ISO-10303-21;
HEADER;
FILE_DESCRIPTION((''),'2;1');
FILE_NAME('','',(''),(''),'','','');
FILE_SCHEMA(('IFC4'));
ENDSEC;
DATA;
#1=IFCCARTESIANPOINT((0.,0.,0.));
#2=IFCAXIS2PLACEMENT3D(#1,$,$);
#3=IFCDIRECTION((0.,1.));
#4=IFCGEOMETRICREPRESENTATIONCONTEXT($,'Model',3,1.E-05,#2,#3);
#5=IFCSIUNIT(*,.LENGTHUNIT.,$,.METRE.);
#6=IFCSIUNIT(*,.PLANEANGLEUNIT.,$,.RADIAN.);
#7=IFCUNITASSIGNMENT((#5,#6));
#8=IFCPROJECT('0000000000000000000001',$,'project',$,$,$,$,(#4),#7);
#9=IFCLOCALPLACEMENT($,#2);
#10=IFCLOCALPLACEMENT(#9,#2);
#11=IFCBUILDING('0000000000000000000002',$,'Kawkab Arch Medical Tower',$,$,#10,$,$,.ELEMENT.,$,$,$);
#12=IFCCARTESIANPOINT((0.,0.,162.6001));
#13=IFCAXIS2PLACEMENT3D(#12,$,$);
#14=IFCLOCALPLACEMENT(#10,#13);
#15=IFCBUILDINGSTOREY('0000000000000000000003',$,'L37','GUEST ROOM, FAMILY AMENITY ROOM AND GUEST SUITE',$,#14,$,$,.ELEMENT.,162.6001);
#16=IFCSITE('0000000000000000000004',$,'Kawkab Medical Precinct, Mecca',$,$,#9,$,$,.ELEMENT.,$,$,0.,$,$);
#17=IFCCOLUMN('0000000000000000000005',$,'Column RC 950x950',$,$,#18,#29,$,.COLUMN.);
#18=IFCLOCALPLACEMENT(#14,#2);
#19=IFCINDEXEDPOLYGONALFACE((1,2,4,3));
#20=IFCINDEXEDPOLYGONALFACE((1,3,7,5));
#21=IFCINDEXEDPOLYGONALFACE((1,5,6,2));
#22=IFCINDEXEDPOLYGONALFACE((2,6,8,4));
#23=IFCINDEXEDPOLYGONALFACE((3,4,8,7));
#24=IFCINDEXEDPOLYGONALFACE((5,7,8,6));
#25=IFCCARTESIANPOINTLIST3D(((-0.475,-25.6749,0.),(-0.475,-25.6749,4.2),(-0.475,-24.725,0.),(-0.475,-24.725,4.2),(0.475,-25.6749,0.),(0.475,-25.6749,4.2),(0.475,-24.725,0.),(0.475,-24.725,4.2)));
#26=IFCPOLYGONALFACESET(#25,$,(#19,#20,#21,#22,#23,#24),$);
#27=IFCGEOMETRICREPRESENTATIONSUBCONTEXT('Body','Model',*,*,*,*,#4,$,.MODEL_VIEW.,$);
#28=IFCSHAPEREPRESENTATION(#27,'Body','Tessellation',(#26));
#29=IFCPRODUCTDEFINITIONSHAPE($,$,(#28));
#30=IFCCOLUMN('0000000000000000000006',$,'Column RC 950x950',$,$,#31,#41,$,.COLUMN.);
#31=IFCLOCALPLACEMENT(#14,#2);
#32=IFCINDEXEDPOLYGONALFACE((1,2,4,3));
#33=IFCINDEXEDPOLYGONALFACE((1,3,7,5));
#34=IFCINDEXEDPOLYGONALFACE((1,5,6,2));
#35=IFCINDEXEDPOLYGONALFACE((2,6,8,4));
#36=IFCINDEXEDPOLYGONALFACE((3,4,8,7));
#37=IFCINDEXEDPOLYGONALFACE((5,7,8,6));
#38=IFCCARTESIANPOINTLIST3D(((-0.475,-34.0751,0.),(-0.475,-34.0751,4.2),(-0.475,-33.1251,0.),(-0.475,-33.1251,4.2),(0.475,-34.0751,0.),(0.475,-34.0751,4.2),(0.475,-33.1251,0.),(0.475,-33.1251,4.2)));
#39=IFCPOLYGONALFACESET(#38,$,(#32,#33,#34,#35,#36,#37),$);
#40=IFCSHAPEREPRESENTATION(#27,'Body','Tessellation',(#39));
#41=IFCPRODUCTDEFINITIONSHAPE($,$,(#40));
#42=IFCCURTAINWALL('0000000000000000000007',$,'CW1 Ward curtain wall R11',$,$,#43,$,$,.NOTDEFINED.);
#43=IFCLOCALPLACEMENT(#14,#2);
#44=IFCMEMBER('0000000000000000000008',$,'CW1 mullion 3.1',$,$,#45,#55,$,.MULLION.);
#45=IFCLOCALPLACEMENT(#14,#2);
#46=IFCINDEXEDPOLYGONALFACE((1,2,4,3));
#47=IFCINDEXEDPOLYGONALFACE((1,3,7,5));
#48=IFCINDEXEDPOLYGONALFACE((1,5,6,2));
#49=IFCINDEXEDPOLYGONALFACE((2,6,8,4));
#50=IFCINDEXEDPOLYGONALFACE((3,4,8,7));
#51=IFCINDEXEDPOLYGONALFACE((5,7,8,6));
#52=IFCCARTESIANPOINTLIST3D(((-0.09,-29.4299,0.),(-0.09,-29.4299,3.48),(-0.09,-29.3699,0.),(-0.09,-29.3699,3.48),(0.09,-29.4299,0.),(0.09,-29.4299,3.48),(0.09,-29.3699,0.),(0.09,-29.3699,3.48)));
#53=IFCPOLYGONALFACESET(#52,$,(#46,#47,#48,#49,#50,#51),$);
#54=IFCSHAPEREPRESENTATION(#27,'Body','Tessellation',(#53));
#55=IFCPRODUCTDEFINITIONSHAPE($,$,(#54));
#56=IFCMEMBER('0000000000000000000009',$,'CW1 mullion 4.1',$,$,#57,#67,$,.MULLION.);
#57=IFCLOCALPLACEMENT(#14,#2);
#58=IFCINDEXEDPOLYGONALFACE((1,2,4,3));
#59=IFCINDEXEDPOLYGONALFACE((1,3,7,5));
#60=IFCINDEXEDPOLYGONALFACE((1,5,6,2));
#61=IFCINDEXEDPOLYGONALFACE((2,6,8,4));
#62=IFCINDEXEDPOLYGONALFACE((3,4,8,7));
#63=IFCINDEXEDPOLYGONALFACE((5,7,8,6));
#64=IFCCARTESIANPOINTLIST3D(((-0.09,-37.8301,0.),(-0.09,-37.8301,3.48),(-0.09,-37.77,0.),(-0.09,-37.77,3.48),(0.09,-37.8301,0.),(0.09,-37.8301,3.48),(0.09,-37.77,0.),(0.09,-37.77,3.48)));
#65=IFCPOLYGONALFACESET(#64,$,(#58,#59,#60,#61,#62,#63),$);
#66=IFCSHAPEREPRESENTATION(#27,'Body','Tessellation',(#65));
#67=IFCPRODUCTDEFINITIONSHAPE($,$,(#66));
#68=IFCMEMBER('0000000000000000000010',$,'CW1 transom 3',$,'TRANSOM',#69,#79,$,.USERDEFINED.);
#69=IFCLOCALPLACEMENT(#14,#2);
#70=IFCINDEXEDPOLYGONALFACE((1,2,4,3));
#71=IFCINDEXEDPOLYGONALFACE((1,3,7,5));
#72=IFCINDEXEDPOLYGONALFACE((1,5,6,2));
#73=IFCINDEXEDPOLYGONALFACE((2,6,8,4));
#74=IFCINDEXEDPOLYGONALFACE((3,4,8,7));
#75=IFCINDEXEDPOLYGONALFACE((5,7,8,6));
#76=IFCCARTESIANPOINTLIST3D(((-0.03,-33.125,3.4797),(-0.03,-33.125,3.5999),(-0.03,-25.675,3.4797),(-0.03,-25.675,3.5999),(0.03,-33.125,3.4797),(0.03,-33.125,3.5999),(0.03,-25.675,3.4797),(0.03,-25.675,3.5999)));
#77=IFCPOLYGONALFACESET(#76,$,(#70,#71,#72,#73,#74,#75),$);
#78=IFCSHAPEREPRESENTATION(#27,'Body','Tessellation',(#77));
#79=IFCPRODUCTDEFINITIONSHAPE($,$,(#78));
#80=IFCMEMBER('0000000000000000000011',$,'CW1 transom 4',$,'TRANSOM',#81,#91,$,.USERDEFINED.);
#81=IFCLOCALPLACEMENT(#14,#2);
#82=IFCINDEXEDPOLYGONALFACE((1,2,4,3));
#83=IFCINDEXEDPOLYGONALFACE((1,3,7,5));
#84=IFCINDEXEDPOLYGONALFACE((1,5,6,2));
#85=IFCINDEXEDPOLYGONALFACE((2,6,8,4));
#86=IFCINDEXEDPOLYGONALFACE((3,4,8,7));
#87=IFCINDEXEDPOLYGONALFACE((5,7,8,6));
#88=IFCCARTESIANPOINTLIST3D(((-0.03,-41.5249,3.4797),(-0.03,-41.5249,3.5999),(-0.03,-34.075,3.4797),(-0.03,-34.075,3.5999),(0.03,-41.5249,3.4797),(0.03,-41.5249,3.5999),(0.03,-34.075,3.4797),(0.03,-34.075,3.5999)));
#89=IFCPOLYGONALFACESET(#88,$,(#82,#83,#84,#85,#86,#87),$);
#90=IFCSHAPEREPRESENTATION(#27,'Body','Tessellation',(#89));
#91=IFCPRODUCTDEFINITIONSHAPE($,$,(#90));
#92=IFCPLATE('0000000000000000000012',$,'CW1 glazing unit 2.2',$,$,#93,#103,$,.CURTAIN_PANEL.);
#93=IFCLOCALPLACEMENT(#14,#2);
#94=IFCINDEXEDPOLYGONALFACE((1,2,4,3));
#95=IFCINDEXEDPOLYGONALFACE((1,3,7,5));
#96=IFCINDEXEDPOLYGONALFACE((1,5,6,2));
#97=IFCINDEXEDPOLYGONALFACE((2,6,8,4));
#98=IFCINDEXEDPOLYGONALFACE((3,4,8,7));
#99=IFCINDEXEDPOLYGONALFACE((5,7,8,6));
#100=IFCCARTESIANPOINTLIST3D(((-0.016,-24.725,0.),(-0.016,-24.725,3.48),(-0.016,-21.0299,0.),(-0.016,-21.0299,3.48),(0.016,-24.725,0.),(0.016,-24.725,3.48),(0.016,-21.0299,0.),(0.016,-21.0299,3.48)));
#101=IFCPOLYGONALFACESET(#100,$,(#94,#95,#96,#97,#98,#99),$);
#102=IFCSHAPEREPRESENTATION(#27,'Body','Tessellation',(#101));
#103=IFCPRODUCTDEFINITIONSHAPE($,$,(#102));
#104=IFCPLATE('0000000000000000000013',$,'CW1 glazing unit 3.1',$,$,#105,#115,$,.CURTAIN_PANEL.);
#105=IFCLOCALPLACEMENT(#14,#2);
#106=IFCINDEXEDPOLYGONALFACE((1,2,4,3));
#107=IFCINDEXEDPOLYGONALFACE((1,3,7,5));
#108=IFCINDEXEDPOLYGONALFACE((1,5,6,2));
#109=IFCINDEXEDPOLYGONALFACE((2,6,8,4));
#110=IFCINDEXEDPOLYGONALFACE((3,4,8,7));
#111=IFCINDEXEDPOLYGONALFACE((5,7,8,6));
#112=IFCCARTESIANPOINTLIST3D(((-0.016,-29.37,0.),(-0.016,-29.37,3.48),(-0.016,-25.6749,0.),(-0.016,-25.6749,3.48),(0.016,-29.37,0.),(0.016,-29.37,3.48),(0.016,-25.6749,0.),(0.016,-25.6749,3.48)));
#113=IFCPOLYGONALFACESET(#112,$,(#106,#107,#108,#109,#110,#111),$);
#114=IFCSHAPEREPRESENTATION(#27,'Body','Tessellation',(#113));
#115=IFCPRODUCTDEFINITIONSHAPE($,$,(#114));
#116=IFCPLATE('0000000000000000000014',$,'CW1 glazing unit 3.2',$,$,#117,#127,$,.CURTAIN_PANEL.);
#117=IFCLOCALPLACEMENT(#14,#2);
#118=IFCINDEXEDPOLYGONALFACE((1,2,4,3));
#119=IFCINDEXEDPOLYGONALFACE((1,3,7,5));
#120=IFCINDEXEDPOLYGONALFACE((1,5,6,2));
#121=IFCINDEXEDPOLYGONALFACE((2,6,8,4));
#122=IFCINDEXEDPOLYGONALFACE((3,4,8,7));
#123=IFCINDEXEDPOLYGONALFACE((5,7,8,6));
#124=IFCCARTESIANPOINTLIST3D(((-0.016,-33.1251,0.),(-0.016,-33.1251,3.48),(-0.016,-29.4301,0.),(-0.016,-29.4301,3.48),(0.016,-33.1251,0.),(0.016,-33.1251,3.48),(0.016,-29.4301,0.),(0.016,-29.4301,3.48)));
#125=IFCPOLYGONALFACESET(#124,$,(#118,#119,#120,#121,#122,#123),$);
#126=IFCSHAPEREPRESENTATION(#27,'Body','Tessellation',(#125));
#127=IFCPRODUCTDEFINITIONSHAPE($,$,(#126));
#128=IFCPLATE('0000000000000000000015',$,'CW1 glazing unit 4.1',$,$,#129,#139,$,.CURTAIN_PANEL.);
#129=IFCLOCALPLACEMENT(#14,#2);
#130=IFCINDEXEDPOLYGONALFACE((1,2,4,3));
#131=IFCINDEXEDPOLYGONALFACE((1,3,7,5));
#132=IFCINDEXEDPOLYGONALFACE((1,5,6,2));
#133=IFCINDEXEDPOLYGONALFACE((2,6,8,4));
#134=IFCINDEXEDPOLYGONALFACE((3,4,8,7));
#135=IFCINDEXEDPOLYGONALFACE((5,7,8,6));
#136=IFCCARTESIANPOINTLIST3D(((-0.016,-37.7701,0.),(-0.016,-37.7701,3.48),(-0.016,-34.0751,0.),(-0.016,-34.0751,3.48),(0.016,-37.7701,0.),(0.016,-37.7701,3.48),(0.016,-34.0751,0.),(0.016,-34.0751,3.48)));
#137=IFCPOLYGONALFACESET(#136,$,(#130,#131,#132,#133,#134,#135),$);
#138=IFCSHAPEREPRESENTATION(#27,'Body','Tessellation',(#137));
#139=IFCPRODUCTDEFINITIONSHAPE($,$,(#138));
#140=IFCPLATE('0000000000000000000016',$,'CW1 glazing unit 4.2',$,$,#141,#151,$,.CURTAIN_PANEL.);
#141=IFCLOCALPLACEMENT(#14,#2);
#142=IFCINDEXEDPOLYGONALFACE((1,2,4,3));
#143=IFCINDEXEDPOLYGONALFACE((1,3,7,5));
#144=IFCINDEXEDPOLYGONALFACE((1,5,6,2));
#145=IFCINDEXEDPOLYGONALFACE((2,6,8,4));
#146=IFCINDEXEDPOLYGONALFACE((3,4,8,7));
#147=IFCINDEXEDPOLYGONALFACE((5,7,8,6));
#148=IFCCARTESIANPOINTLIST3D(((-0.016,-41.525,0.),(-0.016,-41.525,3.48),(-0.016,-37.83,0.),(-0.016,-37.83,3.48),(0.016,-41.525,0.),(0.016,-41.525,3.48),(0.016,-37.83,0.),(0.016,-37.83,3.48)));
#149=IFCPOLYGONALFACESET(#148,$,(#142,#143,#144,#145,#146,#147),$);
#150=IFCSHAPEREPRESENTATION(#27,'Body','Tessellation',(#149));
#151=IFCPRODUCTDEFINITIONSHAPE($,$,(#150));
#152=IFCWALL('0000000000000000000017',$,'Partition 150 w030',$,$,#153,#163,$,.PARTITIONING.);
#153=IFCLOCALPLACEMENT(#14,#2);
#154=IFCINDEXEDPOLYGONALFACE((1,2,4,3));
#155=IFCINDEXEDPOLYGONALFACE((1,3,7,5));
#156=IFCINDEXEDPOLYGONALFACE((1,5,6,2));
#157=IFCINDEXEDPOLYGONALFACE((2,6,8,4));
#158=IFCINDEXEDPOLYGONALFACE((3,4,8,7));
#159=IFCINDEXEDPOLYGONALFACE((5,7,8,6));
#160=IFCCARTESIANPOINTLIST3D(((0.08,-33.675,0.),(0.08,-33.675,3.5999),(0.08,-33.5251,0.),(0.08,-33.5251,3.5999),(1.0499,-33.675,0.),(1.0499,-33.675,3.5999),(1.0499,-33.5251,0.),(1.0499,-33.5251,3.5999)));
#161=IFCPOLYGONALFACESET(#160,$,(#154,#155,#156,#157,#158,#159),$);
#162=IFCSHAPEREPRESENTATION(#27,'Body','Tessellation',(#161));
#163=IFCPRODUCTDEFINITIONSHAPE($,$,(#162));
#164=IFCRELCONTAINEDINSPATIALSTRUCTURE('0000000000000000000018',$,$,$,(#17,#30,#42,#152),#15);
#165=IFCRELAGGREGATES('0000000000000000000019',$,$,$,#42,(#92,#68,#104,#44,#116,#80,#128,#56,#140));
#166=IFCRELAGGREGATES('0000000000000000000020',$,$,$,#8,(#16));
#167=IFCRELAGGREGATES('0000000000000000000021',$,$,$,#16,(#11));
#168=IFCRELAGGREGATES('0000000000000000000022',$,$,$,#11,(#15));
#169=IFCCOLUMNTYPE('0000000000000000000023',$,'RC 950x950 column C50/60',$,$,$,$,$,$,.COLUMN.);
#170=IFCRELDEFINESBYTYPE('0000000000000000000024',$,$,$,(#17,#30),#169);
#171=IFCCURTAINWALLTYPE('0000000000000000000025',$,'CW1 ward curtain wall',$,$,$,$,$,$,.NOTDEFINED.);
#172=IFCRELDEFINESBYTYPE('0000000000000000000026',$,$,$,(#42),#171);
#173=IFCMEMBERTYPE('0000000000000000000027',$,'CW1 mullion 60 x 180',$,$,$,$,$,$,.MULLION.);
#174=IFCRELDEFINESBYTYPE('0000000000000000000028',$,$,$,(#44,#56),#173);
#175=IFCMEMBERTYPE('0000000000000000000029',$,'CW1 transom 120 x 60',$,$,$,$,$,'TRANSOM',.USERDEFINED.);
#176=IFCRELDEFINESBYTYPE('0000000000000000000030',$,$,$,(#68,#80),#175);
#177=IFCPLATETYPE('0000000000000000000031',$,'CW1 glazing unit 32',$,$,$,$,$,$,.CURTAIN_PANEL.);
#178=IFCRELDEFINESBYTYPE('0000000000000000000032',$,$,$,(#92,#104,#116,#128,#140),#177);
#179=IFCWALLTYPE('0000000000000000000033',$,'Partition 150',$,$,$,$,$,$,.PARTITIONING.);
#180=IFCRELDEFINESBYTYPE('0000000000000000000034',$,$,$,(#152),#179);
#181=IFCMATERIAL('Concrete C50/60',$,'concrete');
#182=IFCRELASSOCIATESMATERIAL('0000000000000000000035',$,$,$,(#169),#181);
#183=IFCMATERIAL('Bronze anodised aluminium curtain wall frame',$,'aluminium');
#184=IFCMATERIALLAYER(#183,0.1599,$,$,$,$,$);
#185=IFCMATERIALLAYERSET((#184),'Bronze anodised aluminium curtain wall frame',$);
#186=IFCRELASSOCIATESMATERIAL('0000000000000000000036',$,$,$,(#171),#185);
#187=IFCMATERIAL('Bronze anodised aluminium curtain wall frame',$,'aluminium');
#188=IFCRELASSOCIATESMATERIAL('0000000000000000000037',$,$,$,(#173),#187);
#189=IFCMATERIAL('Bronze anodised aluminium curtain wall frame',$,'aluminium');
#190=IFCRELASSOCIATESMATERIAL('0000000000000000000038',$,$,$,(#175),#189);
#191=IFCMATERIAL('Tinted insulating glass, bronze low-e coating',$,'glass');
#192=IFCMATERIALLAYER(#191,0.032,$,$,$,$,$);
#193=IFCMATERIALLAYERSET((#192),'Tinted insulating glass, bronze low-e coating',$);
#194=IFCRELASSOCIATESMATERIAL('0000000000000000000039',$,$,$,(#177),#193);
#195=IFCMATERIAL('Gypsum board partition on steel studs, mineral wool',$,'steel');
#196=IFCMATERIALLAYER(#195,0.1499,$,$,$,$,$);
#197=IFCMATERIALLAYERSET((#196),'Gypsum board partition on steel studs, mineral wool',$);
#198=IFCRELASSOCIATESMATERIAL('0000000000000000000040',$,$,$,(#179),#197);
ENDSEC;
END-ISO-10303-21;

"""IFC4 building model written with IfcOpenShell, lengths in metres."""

from ifc_helpers import new_model, si_unit, direction, frame, frame_2d, origin, origin_2d, place, context, subcontext, project, spatial, rectangle, extrude, material, layer, layer_set, material_profile, profile_set, type_object, element, aggregate, save


model = new_model("IFC4")

# Units and contexts
model_context = context("Model", 3, precision=1e-05, world=origin(), true_north=direction((0.0, 1.0)))
body_context = subcontext(model_context, "Body", "Model", "MODEL_VIEW")
ifc_project = project(units=[si_unit("LENGTHUNIT", "METRE"), si_unit("PLANEANGLEUNIT", "RADIAN")], contexts=[model_context])

# Site, building, storey
site_placement = place(None, origin())
site = spatial("IfcSite", under=ifc_project, at=site_placement, Name="Kawkab Medical Precinct, Mecca", CompositionType="ELEMENT", RefElevation=0.0)
building_placement = place(site_placement, origin())
building = spatial("IfcBuilding", under=site, at=building_placement, Name="Kawkab Arch Medical Tower", CompositionType="ELEMENT")
storey_placement = place(building_placement, frame((0.0, 0.0, 162.6001)))
storey = spatial("IfcBuildingStorey", under=building, at=storey_placement, Name="L37", Description="GUEST ROOM, FAMILY AMENITY ROOM AND GUEST SUITE", CompositionType="ELEMENT", Elevation=162.6001)

# Columns
ifc_material_1 = material(Name="Concrete C50/60", Category="concrete")
ifc_material_profile_1 = material_profile(ifc_material_1, rectangle(XDim=0.95, YDim=0.95, at=origin_2d()), Name="RC 950x950")
ifc_profile_set_1 = profile_set([ifc_material_profile_1], Name="Concrete C50/60")
column_type = type_object("IfcColumnType", Name="RC 950x950 column C50/60", PredefinedType="COLUMN", material=ifc_profile_set_1)
for number, where, z_axis, x_axis, name in (
    (1, (0.0, -25.2, 0.0), (0.0, 0.0, 1.0), (1.0, 0.0, 0.0), "Column RC 950x950"),
    (2, (0.0, -33.6001, 0.0), (0.0, 0.0, 1.0), (1.0, 0.0, 0.0), "Column RC 950x950"),
):
    element("IfcColumn", number, at=place(storey_placement, frame(where, z_axis=z_axis, x_axis=x_axis)), inside=storey, type_object=column_type, Name=name, PredefinedType="COLUMN", context=body_context, shape_type="SweptSolid", body=[
        extrude(rectangle(XDim=0.95, YDim=0.95, at=origin_2d()), origin(), (0.0, 0.0, 1.0), 4.2),
    ])

# Curtain wall, members, plates
ifc_material_2 = material(Name="Bronze anodised aluminium curtain wall frame", Category="aluminium")
ifc_layer_1 = layer(ifc_material_2, 0.1599)
ifc_layer_set_1 = layer_set([ifc_layer_1], Name="Bronze anodised aluminium curtain wall frame")
curtain_wall_type = type_object("IfcCurtainWallType", Name="CW1 ward curtain wall", PredefinedType="NOTDEFINED", material=ifc_layer_set_1)
curtain_wall_placement = place(storey_placement, origin())
curtain_wall = element("IfcCurtainWall", 3, at=curtain_wall_placement, inside=storey, type_object=curtain_wall_type, Name="CW1 Ward curtain wall R11", PredefinedType="NOTDEFINED")
ifc_material_3 = material(Name="Bronze anodised aluminium curtain wall frame", Category="aluminium")
ifc_material_profile_2 = material_profile(ifc_material_3, rectangle(XDim=0.1799, YDim=0.0601, at=origin_2d()), Name="AL 60x180")
ifc_profile_set_2 = profile_set([ifc_material_profile_2], Name="Bronze anodised aluminium curtain wall frame")
member_type_1 = type_object("IfcMemberType", Name="CW1 mullion 60 x 180", PredefinedType="MULLION", material=ifc_profile_set_2)
member_1_placement = place(storey_placement, frame((0.0, -29.3999, 0.0), z_axis=(0.0, 0.0, 1.0), x_axis=(1.0, 0.0, 0.0)))
member_1 = element("IfcMember", 4, at=member_1_placement, type_object=member_type_1, Name="CW1 mullion 3.1", PredefinedType="MULLION", context=body_context, shape_type="SweptSolid", body=[
    extrude(rectangle(XDim=0.1799, YDim=0.0601, at=origin_2d()), origin(), (0.0, 0.0, 1.0), 3.48),
])
member_2_placement = place(storey_placement, frame((0.0, -37.8, 0.0), z_axis=(0.0, 0.0, 1.0), x_axis=(1.0, 0.0, 0.0)))
member_2 = element("IfcMember", 5, at=member_2_placement, type_object=member_type_1, Name="CW1 mullion 4.1", PredefinedType="MULLION", context=body_context, shape_type="SweptSolid", body=[
    extrude(rectangle(XDim=0.1799, YDim=0.0601, at=origin_2d()), origin(), (0.0, 0.0, 1.0), 3.48),
])
ifc_material_4 = material(Name="Bronze anodised aluminium curtain wall frame", Category="aluminium")
ifc_material_profile_3 = material_profile(ifc_material_4, rectangle(XDim=0.0601, YDim=0.1201, at=origin_2d()), Name="AL 60x120")
ifc_profile_set_3 = profile_set([ifc_material_profile_3], Name="Bronze anodised aluminium curtain wall frame")
member_type_2 = type_object("IfcMemberType", Name="CW1 transom 120 x 60", ElementType="TRANSOM", PredefinedType="USERDEFINED", material=ifc_profile_set_3)
member_3_placement = place(storey_placement, frame((0.0, -25.675, 3.5398), z_axis=(0.0, -1.0, 0.0), x_axis=(1.0, 0.0, 0.0)))
member_3 = element("IfcMember", 6, at=member_3_placement, type_object=member_type_2, Name="CW1 transom 3", ObjectType="TRANSOM", PredefinedType="USERDEFINED", context=body_context, shape_type="SweptSolid", body=[
    extrude(rectangle(XDim=0.0601, YDim=0.1201, at=origin_2d()), origin(), (0.0, 0.0, 1.0), 7.45),
])
member_4_placement = place(storey_placement, frame((0.0, -34.075, 3.5398), z_axis=(0.0, -1.0, 0.0), x_axis=(1.0, 0.0, 0.0)))
member_4 = element("IfcMember", 7, at=member_4_placement, type_object=member_type_2, Name="CW1 transom 4", ObjectType="TRANSOM", PredefinedType="USERDEFINED", context=body_context, shape_type="SweptSolid", body=[
    extrude(rectangle(XDim=0.0601, YDim=0.1201, at=origin_2d()), origin(), (0.0, 0.0, 1.0), 7.45),
])
ifc_material_5 = material(Name="Tinted insulating glass, bronze low-e coating", Category="glass")
ifc_layer_2 = layer(ifc_material_5, 0.032)
ifc_layer_set_2 = layer_set([ifc_layer_2], Name="Tinted insulating glass, bronze low-e coating")
plate_type = type_object("IfcPlateType", Name="CW1 glazing unit 32", PredefinedType="CURTAIN_PANEL", material=ifc_layer_set_2)
plate_1_placement = place(storey_placement, frame((0.0, -22.8774, 0.0), z_axis=(0.0, 0.0, 1.0), x_axis=(0.0, -1.0, 0.0)))
plate_1 = element("IfcPlate", 8, at=plate_1_placement, type_object=plate_type, Name="CW1 glazing unit 2.2", PredefinedType="CURTAIN_PANEL", context=body_context, shape_type="SweptSolid", body=[
    extrude(rectangle(XDim=3.6951, YDim=0.032, at=origin_2d()), origin(), (0.0, 0.0, 1.0), 3.48),
])
plate_2_placement = place(storey_placement, frame((0.0, -27.5225, 0.0), z_axis=(0.0, 0.0, 1.0), x_axis=(0.0, -1.0, 0.0)))
plate_2 = element("IfcPlate", 9, at=plate_2_placement, type_object=plate_type, Name="CW1 glazing unit 3.1", PredefinedType="CURTAIN_PANEL", context=body_context, shape_type="SweptSolid", body=[
    extrude(rectangle(XDim=3.6951, YDim=0.032, at=origin_2d()), origin(), (0.0, 0.0, 1.0), 3.48),
])
plate_3_placement = place(storey_placement, frame((0.0, -31.2776, 0.0), z_axis=(0.0, 0.0, 1.0), x_axis=(0.0, -1.0, 0.0)))
plate_3 = element("IfcPlate", 10, at=plate_3_placement, type_object=plate_type, Name="CW1 glazing unit 3.2", PredefinedType="CURTAIN_PANEL", context=body_context, shape_type="SweptSolid", body=[
    extrude(rectangle(XDim=3.6951, YDim=0.032, at=origin_2d()), origin(), (0.0, 0.0, 1.0), 3.48),
])
plate_4_placement = place(storey_placement, frame((0.0, -35.9226, 0.0), z_axis=(0.0, 0.0, 1.0), x_axis=(0.0, -1.0, 0.0)))
plate_4 = element("IfcPlate", 11, at=plate_4_placement, type_object=plate_type, Name="CW1 glazing unit 4.1", PredefinedType="CURTAIN_PANEL", context=body_context, shape_type="SweptSolid", body=[
    extrude(rectangle(XDim=3.6951, YDim=0.032, at=origin_2d()), origin(), (0.0, 0.0, 1.0), 3.48),
])
plate_5_placement = place(storey_placement, frame((0.0, -39.6775, 0.0), z_axis=(0.0, 0.0, 1.0), x_axis=(0.0, -1.0, 0.0)))
plate_5 = element("IfcPlate", 12, at=plate_5_placement, type_object=plate_type, Name="CW1 glazing unit 4.2", PredefinedType="CURTAIN_PANEL", context=body_context, shape_type="SweptSolid", body=[
    extrude(rectangle(XDim=3.6951, YDim=0.032, at=origin_2d()), origin(), (0.0, 0.0, 1.0), 3.48),
])
aggregate(curtain_wall, [plate_1, member_3, plate_2, member_1, plate_3, member_4, plate_4, member_2, plate_5])

# Wall
ifc_material_6 = material(Name="Gypsum board partition on steel studs, mineral wool", Category="steel")
ifc_layer_3 = layer(ifc_material_6, 0.1499)
ifc_layer_set_3 = layer_set([ifc_layer_3], Name="Gypsum board partition on steel studs, mineral wool")
wall_type_1 = type_object("IfcWallType", Name="Partition 150", PredefinedType="PARTITIONING", material=ifc_layer_set_3)
wall_1_placement = place(storey_placement, frame((0.0801, -33.6001, 0.0), z_axis=(0.0, 0.0, 1.0), x_axis=(1.0, 0.0, 0.0)))
element("IfcWall", 13, at=wall_1_placement, inside=storey, type_object=wall_type_1, Name="Partition 150 w030", PredefinedType="PARTITIONING", context=body_context, shape_type="SweptSolid", body=[
    extrude(rectangle(XDim=0.97, YDim=0.1499, at=frame_2d((0.4849, 0.0))), origin(), (0.0, 0.0, 1.0), 3.5999),
])

save(model, "model.ifc")
